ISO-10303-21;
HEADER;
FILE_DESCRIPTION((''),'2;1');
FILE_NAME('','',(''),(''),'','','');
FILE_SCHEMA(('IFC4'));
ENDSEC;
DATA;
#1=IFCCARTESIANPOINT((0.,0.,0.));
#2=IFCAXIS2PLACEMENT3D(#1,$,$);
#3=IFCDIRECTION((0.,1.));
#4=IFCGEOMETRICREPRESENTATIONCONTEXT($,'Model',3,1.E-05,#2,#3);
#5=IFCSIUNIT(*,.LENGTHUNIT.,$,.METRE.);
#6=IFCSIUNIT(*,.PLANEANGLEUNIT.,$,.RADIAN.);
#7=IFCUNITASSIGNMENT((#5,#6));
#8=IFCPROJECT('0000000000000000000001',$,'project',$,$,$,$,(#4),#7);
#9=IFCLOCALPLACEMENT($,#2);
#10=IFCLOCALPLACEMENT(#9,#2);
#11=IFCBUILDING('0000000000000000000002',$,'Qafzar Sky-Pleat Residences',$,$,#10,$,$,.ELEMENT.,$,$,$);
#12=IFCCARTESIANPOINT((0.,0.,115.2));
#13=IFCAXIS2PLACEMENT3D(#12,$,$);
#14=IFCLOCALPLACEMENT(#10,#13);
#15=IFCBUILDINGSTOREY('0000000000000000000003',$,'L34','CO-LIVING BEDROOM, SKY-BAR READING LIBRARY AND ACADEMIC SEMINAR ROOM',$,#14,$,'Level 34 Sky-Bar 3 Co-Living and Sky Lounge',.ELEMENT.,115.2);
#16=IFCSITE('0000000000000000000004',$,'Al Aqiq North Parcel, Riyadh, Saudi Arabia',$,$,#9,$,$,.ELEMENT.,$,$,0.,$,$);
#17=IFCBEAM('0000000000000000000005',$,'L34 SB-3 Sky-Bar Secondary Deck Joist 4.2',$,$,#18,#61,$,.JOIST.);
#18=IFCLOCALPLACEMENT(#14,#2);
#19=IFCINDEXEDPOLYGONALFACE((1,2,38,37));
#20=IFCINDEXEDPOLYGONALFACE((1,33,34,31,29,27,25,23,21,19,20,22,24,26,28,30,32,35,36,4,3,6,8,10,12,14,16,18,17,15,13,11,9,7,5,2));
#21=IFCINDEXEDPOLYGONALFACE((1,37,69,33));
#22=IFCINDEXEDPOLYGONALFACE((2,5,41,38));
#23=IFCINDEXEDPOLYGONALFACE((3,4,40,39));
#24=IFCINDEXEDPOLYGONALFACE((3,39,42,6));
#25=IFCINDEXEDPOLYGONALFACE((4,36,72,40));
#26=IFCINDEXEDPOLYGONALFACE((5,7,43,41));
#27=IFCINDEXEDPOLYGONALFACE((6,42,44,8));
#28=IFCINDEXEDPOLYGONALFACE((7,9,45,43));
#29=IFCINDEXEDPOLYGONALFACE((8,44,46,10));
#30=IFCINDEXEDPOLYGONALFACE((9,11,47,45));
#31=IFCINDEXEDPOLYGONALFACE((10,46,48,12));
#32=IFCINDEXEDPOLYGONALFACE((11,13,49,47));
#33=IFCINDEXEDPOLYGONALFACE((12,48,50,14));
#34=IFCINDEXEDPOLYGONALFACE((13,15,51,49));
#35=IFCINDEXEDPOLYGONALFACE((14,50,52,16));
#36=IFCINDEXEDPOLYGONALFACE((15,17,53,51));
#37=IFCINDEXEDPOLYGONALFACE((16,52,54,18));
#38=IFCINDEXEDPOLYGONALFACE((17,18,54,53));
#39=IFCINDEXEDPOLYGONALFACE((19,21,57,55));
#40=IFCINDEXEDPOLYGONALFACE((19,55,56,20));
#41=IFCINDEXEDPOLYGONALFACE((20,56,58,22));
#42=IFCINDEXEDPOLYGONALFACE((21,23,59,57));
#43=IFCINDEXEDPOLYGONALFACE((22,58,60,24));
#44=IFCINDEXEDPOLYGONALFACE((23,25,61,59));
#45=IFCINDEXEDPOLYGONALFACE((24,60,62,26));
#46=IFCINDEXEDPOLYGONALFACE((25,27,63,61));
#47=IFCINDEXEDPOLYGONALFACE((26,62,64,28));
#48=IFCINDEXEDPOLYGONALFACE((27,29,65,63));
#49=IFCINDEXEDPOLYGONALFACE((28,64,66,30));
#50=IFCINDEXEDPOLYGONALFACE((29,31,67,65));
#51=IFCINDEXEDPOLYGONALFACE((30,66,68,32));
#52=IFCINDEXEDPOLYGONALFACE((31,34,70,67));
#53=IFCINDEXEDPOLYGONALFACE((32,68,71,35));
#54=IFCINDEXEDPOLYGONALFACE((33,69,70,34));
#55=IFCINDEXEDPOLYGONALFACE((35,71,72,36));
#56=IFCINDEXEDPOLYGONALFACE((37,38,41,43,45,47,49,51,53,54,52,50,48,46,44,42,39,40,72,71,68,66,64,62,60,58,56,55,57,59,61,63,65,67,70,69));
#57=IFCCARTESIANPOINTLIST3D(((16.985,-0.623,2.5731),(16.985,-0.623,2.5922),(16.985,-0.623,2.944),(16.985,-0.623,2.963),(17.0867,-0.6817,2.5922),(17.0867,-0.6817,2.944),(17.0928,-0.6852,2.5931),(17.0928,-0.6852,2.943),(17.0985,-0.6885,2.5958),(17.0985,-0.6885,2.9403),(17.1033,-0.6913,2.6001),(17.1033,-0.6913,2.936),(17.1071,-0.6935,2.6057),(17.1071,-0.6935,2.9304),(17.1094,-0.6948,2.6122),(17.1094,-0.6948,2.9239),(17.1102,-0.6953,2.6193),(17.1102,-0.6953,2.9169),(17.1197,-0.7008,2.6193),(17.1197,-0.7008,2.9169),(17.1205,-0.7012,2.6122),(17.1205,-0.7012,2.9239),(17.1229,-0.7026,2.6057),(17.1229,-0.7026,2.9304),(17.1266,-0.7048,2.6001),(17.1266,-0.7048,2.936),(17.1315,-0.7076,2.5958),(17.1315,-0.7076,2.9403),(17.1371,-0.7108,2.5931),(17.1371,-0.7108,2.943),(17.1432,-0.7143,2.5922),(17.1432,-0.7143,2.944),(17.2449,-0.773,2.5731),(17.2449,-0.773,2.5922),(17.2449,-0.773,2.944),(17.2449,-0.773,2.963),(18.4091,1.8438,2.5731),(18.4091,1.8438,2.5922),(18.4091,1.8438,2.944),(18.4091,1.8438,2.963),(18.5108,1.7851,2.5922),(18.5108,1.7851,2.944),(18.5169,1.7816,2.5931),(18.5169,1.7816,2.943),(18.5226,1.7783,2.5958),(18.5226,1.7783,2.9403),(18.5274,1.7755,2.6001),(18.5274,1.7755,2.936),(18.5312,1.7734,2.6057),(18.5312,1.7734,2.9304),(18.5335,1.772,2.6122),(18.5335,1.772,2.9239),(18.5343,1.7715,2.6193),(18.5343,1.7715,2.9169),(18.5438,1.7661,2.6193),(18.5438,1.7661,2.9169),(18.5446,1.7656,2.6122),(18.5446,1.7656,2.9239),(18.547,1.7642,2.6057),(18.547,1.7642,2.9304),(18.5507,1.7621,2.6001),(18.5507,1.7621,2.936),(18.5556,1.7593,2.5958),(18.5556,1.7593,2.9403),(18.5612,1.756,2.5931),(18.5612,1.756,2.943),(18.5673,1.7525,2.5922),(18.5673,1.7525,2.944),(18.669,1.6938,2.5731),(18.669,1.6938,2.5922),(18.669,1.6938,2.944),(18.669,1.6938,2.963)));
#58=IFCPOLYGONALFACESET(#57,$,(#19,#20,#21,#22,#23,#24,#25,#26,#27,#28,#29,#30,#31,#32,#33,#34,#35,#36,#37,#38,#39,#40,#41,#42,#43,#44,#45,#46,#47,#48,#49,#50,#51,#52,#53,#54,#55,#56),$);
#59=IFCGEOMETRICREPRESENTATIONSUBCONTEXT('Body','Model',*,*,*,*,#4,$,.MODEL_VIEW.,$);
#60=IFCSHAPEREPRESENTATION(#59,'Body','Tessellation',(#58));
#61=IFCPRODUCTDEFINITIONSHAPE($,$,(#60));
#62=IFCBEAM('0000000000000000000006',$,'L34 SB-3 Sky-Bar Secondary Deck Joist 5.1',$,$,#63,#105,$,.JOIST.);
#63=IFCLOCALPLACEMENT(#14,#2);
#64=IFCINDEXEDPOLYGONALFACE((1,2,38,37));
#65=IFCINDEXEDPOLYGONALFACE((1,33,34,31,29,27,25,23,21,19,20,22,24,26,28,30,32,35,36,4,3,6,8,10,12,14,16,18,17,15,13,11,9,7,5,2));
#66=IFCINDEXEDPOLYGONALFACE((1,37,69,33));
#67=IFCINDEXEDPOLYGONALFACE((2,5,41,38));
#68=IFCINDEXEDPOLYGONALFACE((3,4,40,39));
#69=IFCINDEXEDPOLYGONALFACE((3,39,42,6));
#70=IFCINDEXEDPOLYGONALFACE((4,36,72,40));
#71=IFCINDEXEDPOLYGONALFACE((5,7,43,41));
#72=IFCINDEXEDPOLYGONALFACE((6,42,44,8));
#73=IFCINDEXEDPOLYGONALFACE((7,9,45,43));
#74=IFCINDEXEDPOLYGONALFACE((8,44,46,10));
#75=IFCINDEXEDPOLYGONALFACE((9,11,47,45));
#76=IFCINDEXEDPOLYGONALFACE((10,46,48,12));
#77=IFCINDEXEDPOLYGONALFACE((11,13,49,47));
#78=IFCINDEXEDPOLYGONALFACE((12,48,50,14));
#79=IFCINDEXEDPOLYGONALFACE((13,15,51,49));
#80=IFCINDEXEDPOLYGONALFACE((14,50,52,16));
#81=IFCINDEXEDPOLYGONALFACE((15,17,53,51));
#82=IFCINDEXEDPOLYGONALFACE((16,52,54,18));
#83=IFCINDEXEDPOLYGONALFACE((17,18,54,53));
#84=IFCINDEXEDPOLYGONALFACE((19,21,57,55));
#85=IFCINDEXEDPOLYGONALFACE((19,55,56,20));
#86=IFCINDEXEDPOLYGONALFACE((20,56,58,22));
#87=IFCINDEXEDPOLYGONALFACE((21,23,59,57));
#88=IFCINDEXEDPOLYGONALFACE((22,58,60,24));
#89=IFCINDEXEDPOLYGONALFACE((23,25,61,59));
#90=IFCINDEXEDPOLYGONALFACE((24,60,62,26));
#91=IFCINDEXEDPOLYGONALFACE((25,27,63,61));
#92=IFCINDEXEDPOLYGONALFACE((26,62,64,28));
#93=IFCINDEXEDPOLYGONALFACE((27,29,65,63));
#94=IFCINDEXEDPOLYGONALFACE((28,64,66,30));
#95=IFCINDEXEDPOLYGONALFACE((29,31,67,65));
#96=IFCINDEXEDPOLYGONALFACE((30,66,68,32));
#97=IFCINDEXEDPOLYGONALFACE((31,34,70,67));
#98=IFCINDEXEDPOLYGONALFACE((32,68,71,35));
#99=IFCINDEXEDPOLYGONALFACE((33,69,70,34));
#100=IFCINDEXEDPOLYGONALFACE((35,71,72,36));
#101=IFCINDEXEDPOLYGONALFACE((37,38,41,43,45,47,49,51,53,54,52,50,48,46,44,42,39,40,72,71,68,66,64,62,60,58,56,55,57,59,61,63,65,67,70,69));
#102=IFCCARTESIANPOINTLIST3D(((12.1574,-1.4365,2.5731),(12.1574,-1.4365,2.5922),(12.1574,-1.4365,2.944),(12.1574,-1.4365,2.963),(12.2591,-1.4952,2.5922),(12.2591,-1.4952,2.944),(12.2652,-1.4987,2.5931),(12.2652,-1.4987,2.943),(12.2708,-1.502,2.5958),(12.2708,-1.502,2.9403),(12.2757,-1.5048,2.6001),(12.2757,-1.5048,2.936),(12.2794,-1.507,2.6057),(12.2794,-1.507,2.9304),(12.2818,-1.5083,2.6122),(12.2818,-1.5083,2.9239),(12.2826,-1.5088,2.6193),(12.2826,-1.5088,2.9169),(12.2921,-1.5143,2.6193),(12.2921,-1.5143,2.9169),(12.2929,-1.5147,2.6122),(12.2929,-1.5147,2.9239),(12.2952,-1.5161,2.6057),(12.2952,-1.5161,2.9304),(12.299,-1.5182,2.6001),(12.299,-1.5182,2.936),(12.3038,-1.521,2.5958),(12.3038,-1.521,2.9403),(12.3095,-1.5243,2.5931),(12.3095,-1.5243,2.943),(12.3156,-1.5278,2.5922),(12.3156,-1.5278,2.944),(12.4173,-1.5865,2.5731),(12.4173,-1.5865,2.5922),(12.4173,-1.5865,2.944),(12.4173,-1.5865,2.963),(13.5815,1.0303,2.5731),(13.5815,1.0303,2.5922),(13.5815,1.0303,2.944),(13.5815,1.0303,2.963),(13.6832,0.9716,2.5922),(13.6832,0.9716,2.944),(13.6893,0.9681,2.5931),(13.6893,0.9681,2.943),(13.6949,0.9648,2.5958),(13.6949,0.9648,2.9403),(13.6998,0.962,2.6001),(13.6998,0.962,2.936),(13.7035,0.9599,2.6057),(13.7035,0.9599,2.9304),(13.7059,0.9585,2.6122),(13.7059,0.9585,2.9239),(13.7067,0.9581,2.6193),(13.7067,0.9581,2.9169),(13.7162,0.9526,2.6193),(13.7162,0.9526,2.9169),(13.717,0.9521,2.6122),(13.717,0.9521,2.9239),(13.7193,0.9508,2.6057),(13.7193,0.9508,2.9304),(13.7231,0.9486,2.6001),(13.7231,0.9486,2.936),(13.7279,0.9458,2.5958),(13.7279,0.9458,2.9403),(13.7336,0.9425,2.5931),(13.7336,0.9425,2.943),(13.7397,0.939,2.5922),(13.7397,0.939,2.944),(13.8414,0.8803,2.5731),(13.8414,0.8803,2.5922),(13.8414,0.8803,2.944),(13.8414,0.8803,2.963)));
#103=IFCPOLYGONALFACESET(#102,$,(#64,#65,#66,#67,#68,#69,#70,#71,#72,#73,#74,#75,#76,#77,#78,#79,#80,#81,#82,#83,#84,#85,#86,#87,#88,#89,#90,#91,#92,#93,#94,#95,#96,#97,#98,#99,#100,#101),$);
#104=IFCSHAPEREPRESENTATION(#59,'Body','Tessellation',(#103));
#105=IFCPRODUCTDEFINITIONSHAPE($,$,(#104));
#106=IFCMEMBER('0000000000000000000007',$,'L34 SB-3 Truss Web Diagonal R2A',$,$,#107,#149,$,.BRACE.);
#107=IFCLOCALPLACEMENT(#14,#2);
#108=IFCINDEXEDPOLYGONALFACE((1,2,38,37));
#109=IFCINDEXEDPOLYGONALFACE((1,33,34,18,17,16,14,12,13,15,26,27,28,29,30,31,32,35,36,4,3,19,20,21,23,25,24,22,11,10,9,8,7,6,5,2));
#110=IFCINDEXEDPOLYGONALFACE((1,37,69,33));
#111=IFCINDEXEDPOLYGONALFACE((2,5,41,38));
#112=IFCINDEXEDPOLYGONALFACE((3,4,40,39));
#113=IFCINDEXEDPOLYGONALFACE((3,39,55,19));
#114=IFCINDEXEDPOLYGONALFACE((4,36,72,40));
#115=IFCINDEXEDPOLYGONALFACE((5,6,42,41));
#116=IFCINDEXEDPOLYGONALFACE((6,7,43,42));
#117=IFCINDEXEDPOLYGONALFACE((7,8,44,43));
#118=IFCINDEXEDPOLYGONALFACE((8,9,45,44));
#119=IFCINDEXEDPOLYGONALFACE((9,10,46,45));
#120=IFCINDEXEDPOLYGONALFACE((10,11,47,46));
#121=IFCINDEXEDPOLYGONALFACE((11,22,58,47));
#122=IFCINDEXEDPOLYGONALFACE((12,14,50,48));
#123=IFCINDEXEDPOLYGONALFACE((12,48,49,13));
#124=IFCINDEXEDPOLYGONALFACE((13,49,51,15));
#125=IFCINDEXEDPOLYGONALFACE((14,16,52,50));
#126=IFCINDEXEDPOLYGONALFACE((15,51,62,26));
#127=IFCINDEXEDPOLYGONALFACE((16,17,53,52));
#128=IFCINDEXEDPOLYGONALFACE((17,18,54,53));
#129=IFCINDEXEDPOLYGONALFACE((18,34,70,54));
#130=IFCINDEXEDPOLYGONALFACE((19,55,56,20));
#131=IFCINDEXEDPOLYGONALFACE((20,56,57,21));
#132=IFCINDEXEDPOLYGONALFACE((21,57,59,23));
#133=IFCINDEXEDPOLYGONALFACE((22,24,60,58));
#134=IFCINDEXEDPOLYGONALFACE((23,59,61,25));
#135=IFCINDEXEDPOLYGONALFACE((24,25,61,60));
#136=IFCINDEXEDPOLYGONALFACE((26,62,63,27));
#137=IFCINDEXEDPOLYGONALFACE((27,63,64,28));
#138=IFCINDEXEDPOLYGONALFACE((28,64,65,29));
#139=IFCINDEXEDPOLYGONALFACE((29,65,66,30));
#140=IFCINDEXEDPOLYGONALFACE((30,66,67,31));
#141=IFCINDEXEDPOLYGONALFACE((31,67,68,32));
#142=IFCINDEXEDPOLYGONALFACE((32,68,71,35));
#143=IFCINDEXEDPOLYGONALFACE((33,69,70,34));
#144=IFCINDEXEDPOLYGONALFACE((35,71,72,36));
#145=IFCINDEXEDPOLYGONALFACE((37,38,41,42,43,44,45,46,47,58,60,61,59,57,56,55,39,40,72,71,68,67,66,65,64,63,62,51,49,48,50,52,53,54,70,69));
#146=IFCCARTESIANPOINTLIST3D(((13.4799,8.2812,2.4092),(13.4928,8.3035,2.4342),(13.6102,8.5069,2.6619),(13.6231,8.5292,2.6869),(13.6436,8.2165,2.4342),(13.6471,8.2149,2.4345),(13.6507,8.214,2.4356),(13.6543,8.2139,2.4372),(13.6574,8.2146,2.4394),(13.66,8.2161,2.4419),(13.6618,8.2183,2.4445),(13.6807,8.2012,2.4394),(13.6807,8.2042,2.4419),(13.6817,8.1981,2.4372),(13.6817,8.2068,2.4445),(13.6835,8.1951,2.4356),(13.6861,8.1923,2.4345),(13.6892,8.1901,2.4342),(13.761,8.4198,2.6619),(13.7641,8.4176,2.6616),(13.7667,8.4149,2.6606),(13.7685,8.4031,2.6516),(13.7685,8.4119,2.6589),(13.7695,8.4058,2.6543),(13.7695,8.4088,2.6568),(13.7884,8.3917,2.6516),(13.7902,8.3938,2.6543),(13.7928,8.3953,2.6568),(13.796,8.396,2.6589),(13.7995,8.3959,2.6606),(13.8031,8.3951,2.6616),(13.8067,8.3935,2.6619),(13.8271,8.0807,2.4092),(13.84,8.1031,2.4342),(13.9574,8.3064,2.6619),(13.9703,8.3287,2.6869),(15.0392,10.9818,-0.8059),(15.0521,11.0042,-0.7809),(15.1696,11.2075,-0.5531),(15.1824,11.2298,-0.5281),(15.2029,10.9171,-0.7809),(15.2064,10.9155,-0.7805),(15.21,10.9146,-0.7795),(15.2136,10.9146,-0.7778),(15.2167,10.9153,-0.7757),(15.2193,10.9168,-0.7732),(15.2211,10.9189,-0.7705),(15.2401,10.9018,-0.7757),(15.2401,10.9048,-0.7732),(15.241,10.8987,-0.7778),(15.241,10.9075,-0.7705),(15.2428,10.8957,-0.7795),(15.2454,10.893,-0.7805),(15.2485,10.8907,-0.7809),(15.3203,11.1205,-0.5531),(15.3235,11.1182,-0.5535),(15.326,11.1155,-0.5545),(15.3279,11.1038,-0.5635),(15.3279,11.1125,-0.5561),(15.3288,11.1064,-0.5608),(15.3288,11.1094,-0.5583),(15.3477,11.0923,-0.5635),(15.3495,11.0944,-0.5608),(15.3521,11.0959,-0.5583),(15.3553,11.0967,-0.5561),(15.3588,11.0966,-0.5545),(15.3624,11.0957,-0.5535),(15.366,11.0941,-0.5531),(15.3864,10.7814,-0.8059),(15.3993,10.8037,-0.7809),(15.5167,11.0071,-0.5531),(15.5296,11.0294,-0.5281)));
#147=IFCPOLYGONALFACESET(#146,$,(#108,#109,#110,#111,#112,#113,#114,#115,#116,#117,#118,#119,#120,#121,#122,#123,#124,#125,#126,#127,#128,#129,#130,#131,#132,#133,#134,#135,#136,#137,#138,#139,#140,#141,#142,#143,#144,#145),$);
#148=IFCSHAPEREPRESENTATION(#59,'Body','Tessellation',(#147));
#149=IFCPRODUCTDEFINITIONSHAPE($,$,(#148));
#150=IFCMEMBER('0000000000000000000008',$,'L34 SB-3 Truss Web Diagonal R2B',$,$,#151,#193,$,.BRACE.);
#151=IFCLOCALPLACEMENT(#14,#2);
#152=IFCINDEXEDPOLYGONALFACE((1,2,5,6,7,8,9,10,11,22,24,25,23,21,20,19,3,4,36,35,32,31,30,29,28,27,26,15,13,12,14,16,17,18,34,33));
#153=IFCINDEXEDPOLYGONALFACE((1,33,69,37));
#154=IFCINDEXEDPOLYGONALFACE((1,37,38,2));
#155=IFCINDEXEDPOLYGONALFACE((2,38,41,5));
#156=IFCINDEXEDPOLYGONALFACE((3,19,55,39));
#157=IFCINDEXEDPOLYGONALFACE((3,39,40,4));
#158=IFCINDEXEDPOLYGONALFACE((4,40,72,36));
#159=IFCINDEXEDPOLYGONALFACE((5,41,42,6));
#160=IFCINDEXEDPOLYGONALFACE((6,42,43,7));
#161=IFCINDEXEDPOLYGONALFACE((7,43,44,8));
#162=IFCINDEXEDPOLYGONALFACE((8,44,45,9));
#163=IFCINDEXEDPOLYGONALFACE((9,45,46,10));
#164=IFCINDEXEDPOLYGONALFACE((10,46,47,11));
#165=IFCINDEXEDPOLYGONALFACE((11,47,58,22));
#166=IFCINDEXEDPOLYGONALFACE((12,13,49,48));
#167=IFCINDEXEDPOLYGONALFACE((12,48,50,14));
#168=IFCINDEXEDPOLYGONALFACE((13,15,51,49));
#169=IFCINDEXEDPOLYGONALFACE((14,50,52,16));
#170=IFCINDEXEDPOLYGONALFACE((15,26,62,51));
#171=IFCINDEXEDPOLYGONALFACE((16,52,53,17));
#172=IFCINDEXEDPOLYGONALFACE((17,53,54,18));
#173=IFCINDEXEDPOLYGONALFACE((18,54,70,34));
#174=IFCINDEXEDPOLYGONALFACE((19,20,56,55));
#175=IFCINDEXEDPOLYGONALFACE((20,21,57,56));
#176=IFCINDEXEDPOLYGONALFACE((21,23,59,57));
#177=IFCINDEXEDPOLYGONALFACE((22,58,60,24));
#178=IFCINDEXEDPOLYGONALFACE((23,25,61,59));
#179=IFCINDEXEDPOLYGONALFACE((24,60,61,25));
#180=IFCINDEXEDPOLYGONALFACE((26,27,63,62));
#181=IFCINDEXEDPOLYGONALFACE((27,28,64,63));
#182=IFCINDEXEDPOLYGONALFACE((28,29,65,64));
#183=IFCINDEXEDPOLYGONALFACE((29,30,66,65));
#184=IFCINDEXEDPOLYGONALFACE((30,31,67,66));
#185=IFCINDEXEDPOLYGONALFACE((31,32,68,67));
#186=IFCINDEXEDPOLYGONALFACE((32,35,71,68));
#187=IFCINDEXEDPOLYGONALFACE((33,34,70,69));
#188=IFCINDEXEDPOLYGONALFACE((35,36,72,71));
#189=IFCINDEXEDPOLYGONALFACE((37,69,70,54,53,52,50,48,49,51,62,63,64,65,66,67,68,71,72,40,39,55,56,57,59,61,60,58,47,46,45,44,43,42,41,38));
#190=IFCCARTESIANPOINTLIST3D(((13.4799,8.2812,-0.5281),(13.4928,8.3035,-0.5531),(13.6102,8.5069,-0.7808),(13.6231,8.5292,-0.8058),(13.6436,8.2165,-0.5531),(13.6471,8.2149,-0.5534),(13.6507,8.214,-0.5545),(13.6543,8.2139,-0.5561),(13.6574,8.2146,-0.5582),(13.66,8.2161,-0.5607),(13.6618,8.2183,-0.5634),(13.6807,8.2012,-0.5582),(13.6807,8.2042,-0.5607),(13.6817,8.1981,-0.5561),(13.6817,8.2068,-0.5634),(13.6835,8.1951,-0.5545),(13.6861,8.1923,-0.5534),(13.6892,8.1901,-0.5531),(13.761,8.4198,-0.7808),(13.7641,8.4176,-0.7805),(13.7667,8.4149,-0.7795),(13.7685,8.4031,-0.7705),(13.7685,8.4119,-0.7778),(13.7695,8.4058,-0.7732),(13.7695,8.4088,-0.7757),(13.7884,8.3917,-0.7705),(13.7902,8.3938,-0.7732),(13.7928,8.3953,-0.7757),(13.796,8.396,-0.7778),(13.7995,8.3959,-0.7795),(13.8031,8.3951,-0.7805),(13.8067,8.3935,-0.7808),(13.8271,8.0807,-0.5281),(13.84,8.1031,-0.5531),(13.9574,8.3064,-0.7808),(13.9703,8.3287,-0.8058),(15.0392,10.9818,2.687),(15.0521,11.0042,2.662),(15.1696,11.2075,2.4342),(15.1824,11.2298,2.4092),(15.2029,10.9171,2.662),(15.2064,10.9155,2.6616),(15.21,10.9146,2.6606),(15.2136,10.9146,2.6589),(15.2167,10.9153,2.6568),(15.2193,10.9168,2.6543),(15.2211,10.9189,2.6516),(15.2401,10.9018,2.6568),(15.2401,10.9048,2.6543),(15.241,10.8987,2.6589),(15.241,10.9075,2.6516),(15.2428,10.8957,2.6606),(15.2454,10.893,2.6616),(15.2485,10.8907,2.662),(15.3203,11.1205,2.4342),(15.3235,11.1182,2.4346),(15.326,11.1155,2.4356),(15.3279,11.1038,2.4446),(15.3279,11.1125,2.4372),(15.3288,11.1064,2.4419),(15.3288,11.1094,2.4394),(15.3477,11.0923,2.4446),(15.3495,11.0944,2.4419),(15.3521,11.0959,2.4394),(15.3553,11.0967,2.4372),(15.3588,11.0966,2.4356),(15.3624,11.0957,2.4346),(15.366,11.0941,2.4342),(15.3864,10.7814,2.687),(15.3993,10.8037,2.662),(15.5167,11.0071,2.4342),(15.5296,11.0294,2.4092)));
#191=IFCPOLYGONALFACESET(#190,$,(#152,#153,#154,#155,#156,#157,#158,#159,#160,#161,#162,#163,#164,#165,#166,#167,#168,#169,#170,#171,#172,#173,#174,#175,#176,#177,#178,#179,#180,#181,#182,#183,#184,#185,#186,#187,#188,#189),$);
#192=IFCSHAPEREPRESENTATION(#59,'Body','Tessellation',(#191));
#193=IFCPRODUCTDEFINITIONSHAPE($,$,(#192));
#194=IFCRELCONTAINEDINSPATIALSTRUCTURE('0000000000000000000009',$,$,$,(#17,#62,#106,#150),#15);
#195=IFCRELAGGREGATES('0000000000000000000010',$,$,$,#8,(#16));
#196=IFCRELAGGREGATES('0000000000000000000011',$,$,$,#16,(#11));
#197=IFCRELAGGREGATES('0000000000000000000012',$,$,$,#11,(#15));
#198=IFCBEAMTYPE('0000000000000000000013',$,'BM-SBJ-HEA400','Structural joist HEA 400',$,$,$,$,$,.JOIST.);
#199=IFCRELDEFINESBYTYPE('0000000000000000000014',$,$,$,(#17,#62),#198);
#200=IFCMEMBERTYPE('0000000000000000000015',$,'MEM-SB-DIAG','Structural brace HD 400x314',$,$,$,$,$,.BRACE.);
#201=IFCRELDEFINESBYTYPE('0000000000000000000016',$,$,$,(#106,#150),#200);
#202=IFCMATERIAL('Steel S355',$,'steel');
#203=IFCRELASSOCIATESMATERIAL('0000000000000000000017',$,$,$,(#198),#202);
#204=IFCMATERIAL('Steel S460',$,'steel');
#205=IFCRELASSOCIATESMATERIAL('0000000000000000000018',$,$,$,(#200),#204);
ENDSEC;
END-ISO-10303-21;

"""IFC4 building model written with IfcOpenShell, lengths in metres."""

from ifc_helpers import new_model, si_unit, direction, frame, origin, origin_2d, place, context, subcontext, project, spatial, i_section, extrude, source, transform, mapped, material, material_profile, profile_set, type_object, element, save


model = new_model("IFC4")

# Units and contexts
model_context = context("Model", 3, precision=1e-05, world=origin(), true_north=direction((0.0, 1.0)))
body_context = subcontext(model_context, "Body", "Model", "MODEL_VIEW")
ifc_project = project(units=[si_unit("LENGTHUNIT", "METRE"), si_unit("PLANEANGLEUNIT", "RADIAN")], contexts=[model_context])

# Site, building, storey
site_placement = place(None, origin())
site = spatial("IfcSite", under=ifc_project, at=site_placement, Name="Al Aqiq North Parcel, Riyadh, Saudi Arabia", CompositionType="ELEMENT", RefElevation=0.0)
building_placement = place(site_placement, origin())
building = spatial("IfcBuilding", under=site, at=building_placement, Name="Qafzar Sky-Pleat Residences", CompositionType="ELEMENT")
storey_placement = place(building_placement, frame((0.0, 0.0, 115.2)))
storey = spatial("IfcBuildingStorey", under=building, at=storey_placement, Name="L34", Description="CO-LIVING BEDROOM, SKY-BAR READING LIBRARY AND ACADEMIC SEMINAR ROOM", LongName="Level 34 Sky-Bar 3 Co-Living and Sky Lounge", CompositionType="ELEMENT", Elevation=115.2)

# Shared definitions
ifc_material_1 = material(Name="Steel S460", Category="steel")

# Beams
ifc_material_2 = material(Name="Steel S355", Category="steel")
ifc_material_profile_1 = material_profile(ifc_material_2, i_section(OverallWidth=0.3, OverallDepth=0.3899, WebThickness=0.011, FlangeThickness=0.019, FilletRadius=0.0271, at=origin_2d()), Name="HEA 400")
ifc_profile_set_1 = profile_set([ifc_material_profile_1], Name="Steel S355")
beam_type_1 = type_object("IfcBeamType", Name="BM-SBJ-HEA400", Description="Structural joist HEA 400", PredefinedType="JOIST", material=ifc_profile_set_1)
shared_shape_1 = source(origin(), body_context, "Body", "SweptSolid", [
    extrude(i_section(OverallWidth=0.3, OverallDepth=0.3899, WebThickness=0.011, FlangeThickness=0.019, FilletRadius=0.0271, at=origin_2d()), origin(), (0.0, 0.0, 1.0), 2.8484),
])
for number, where, z_axis, x_axis, name in (
    (1, (18.5391, 1.7688, 2.7681), (-0.499965, -0.866046, 0.0), (0.866046, -0.499965, 0.0), "L34 SB-3 Sky-Bar Secondary Deck Joist 4.2"),
    (2, (13.7114, 0.9553, 2.7681), (-0.499965, -0.866046, 0.0), (0.866046, -0.499965, 0.0), "L34 SB-3 Sky-Bar Secondary Deck Joist 5.1"),
):
    element("IfcBeam", number, at=place(storey_placement, frame(where, z_axis=z_axis, x_axis=x_axis)), inside=storey, type_object=beam_type_1, Name=name, PredefinedType="JOIST", context=body_context, shape_type="MappedRepresentation", body=[
        mapped(shared_shape_1, transform((0.0, 0.0, 0.0), x_axis=(1.0, 0.0, 0.0), y_axis=(0.0, 1.0, 0.0), z_axis=(0.0, 0.0, 1.0), scale=1.0)),
    ])

# Members
ifc_material_profile_2 = material_profile(ifc_material_1, i_section(OverallWidth=0.4009, OverallDepth=0.3989, WebThickness=0.0229, FlangeThickness=0.0359, FilletRadius=0.0149, at=origin_2d()), Name="HD 400x314")
ifc_profile_set_2 = profile_set([ifc_material_profile_2], Name="Steel S460")
member_type = type_object("IfcMemberType", Name="MEM-SB-DIAG", Description="Structural brace HD 400x314", PredefinedType="BRACE", material=ifc_profile_set_2)
shared_shape_2 = source(origin(), body_context, "Body", "SweptSolid", [
    extrude(i_section(OverallWidth=0.4009, OverallDepth=0.3989, WebThickness=0.0229, FlangeThickness=0.0359, FilletRadius=0.0149, at=origin_2d()), origin(), (0.0, 0.0, 1.0), 4.479),
])
for number, where, z_axis, x_axis, name in (
    (3, (15.2844, 11.0056, -0.667), (-0.348137, -0.602958, 0.717804), (0.866013, -0.500021, 0.0), "L34 SB-3 Truss Web Diagonal R2A"),
    (4, (15.2844, 11.0056, 2.5481), (-0.348137, -0.602958, -0.717804), (0.866013, -0.500021, 0.0), "L34 SB-3 Truss Web Diagonal R2B"),
):
    element("IfcMember", number, at=place(storey_placement, frame(where, z_axis=z_axis, x_axis=x_axis)), inside=storey, type_object=member_type, Name=name, PredefinedType="BRACE", context=body_context, shape_type="MappedRepresentation", body=[
        mapped(shared_shape_2, transform((0.0, 0.0, 0.0), x_axis=(1.0, 0.0, 0.0), y_axis=(0.0, 1.0, 0.0), z_axis=(0.0, 0.0, 1.0), scale=1.0)),
    ])

save(model, "model.ifc")
